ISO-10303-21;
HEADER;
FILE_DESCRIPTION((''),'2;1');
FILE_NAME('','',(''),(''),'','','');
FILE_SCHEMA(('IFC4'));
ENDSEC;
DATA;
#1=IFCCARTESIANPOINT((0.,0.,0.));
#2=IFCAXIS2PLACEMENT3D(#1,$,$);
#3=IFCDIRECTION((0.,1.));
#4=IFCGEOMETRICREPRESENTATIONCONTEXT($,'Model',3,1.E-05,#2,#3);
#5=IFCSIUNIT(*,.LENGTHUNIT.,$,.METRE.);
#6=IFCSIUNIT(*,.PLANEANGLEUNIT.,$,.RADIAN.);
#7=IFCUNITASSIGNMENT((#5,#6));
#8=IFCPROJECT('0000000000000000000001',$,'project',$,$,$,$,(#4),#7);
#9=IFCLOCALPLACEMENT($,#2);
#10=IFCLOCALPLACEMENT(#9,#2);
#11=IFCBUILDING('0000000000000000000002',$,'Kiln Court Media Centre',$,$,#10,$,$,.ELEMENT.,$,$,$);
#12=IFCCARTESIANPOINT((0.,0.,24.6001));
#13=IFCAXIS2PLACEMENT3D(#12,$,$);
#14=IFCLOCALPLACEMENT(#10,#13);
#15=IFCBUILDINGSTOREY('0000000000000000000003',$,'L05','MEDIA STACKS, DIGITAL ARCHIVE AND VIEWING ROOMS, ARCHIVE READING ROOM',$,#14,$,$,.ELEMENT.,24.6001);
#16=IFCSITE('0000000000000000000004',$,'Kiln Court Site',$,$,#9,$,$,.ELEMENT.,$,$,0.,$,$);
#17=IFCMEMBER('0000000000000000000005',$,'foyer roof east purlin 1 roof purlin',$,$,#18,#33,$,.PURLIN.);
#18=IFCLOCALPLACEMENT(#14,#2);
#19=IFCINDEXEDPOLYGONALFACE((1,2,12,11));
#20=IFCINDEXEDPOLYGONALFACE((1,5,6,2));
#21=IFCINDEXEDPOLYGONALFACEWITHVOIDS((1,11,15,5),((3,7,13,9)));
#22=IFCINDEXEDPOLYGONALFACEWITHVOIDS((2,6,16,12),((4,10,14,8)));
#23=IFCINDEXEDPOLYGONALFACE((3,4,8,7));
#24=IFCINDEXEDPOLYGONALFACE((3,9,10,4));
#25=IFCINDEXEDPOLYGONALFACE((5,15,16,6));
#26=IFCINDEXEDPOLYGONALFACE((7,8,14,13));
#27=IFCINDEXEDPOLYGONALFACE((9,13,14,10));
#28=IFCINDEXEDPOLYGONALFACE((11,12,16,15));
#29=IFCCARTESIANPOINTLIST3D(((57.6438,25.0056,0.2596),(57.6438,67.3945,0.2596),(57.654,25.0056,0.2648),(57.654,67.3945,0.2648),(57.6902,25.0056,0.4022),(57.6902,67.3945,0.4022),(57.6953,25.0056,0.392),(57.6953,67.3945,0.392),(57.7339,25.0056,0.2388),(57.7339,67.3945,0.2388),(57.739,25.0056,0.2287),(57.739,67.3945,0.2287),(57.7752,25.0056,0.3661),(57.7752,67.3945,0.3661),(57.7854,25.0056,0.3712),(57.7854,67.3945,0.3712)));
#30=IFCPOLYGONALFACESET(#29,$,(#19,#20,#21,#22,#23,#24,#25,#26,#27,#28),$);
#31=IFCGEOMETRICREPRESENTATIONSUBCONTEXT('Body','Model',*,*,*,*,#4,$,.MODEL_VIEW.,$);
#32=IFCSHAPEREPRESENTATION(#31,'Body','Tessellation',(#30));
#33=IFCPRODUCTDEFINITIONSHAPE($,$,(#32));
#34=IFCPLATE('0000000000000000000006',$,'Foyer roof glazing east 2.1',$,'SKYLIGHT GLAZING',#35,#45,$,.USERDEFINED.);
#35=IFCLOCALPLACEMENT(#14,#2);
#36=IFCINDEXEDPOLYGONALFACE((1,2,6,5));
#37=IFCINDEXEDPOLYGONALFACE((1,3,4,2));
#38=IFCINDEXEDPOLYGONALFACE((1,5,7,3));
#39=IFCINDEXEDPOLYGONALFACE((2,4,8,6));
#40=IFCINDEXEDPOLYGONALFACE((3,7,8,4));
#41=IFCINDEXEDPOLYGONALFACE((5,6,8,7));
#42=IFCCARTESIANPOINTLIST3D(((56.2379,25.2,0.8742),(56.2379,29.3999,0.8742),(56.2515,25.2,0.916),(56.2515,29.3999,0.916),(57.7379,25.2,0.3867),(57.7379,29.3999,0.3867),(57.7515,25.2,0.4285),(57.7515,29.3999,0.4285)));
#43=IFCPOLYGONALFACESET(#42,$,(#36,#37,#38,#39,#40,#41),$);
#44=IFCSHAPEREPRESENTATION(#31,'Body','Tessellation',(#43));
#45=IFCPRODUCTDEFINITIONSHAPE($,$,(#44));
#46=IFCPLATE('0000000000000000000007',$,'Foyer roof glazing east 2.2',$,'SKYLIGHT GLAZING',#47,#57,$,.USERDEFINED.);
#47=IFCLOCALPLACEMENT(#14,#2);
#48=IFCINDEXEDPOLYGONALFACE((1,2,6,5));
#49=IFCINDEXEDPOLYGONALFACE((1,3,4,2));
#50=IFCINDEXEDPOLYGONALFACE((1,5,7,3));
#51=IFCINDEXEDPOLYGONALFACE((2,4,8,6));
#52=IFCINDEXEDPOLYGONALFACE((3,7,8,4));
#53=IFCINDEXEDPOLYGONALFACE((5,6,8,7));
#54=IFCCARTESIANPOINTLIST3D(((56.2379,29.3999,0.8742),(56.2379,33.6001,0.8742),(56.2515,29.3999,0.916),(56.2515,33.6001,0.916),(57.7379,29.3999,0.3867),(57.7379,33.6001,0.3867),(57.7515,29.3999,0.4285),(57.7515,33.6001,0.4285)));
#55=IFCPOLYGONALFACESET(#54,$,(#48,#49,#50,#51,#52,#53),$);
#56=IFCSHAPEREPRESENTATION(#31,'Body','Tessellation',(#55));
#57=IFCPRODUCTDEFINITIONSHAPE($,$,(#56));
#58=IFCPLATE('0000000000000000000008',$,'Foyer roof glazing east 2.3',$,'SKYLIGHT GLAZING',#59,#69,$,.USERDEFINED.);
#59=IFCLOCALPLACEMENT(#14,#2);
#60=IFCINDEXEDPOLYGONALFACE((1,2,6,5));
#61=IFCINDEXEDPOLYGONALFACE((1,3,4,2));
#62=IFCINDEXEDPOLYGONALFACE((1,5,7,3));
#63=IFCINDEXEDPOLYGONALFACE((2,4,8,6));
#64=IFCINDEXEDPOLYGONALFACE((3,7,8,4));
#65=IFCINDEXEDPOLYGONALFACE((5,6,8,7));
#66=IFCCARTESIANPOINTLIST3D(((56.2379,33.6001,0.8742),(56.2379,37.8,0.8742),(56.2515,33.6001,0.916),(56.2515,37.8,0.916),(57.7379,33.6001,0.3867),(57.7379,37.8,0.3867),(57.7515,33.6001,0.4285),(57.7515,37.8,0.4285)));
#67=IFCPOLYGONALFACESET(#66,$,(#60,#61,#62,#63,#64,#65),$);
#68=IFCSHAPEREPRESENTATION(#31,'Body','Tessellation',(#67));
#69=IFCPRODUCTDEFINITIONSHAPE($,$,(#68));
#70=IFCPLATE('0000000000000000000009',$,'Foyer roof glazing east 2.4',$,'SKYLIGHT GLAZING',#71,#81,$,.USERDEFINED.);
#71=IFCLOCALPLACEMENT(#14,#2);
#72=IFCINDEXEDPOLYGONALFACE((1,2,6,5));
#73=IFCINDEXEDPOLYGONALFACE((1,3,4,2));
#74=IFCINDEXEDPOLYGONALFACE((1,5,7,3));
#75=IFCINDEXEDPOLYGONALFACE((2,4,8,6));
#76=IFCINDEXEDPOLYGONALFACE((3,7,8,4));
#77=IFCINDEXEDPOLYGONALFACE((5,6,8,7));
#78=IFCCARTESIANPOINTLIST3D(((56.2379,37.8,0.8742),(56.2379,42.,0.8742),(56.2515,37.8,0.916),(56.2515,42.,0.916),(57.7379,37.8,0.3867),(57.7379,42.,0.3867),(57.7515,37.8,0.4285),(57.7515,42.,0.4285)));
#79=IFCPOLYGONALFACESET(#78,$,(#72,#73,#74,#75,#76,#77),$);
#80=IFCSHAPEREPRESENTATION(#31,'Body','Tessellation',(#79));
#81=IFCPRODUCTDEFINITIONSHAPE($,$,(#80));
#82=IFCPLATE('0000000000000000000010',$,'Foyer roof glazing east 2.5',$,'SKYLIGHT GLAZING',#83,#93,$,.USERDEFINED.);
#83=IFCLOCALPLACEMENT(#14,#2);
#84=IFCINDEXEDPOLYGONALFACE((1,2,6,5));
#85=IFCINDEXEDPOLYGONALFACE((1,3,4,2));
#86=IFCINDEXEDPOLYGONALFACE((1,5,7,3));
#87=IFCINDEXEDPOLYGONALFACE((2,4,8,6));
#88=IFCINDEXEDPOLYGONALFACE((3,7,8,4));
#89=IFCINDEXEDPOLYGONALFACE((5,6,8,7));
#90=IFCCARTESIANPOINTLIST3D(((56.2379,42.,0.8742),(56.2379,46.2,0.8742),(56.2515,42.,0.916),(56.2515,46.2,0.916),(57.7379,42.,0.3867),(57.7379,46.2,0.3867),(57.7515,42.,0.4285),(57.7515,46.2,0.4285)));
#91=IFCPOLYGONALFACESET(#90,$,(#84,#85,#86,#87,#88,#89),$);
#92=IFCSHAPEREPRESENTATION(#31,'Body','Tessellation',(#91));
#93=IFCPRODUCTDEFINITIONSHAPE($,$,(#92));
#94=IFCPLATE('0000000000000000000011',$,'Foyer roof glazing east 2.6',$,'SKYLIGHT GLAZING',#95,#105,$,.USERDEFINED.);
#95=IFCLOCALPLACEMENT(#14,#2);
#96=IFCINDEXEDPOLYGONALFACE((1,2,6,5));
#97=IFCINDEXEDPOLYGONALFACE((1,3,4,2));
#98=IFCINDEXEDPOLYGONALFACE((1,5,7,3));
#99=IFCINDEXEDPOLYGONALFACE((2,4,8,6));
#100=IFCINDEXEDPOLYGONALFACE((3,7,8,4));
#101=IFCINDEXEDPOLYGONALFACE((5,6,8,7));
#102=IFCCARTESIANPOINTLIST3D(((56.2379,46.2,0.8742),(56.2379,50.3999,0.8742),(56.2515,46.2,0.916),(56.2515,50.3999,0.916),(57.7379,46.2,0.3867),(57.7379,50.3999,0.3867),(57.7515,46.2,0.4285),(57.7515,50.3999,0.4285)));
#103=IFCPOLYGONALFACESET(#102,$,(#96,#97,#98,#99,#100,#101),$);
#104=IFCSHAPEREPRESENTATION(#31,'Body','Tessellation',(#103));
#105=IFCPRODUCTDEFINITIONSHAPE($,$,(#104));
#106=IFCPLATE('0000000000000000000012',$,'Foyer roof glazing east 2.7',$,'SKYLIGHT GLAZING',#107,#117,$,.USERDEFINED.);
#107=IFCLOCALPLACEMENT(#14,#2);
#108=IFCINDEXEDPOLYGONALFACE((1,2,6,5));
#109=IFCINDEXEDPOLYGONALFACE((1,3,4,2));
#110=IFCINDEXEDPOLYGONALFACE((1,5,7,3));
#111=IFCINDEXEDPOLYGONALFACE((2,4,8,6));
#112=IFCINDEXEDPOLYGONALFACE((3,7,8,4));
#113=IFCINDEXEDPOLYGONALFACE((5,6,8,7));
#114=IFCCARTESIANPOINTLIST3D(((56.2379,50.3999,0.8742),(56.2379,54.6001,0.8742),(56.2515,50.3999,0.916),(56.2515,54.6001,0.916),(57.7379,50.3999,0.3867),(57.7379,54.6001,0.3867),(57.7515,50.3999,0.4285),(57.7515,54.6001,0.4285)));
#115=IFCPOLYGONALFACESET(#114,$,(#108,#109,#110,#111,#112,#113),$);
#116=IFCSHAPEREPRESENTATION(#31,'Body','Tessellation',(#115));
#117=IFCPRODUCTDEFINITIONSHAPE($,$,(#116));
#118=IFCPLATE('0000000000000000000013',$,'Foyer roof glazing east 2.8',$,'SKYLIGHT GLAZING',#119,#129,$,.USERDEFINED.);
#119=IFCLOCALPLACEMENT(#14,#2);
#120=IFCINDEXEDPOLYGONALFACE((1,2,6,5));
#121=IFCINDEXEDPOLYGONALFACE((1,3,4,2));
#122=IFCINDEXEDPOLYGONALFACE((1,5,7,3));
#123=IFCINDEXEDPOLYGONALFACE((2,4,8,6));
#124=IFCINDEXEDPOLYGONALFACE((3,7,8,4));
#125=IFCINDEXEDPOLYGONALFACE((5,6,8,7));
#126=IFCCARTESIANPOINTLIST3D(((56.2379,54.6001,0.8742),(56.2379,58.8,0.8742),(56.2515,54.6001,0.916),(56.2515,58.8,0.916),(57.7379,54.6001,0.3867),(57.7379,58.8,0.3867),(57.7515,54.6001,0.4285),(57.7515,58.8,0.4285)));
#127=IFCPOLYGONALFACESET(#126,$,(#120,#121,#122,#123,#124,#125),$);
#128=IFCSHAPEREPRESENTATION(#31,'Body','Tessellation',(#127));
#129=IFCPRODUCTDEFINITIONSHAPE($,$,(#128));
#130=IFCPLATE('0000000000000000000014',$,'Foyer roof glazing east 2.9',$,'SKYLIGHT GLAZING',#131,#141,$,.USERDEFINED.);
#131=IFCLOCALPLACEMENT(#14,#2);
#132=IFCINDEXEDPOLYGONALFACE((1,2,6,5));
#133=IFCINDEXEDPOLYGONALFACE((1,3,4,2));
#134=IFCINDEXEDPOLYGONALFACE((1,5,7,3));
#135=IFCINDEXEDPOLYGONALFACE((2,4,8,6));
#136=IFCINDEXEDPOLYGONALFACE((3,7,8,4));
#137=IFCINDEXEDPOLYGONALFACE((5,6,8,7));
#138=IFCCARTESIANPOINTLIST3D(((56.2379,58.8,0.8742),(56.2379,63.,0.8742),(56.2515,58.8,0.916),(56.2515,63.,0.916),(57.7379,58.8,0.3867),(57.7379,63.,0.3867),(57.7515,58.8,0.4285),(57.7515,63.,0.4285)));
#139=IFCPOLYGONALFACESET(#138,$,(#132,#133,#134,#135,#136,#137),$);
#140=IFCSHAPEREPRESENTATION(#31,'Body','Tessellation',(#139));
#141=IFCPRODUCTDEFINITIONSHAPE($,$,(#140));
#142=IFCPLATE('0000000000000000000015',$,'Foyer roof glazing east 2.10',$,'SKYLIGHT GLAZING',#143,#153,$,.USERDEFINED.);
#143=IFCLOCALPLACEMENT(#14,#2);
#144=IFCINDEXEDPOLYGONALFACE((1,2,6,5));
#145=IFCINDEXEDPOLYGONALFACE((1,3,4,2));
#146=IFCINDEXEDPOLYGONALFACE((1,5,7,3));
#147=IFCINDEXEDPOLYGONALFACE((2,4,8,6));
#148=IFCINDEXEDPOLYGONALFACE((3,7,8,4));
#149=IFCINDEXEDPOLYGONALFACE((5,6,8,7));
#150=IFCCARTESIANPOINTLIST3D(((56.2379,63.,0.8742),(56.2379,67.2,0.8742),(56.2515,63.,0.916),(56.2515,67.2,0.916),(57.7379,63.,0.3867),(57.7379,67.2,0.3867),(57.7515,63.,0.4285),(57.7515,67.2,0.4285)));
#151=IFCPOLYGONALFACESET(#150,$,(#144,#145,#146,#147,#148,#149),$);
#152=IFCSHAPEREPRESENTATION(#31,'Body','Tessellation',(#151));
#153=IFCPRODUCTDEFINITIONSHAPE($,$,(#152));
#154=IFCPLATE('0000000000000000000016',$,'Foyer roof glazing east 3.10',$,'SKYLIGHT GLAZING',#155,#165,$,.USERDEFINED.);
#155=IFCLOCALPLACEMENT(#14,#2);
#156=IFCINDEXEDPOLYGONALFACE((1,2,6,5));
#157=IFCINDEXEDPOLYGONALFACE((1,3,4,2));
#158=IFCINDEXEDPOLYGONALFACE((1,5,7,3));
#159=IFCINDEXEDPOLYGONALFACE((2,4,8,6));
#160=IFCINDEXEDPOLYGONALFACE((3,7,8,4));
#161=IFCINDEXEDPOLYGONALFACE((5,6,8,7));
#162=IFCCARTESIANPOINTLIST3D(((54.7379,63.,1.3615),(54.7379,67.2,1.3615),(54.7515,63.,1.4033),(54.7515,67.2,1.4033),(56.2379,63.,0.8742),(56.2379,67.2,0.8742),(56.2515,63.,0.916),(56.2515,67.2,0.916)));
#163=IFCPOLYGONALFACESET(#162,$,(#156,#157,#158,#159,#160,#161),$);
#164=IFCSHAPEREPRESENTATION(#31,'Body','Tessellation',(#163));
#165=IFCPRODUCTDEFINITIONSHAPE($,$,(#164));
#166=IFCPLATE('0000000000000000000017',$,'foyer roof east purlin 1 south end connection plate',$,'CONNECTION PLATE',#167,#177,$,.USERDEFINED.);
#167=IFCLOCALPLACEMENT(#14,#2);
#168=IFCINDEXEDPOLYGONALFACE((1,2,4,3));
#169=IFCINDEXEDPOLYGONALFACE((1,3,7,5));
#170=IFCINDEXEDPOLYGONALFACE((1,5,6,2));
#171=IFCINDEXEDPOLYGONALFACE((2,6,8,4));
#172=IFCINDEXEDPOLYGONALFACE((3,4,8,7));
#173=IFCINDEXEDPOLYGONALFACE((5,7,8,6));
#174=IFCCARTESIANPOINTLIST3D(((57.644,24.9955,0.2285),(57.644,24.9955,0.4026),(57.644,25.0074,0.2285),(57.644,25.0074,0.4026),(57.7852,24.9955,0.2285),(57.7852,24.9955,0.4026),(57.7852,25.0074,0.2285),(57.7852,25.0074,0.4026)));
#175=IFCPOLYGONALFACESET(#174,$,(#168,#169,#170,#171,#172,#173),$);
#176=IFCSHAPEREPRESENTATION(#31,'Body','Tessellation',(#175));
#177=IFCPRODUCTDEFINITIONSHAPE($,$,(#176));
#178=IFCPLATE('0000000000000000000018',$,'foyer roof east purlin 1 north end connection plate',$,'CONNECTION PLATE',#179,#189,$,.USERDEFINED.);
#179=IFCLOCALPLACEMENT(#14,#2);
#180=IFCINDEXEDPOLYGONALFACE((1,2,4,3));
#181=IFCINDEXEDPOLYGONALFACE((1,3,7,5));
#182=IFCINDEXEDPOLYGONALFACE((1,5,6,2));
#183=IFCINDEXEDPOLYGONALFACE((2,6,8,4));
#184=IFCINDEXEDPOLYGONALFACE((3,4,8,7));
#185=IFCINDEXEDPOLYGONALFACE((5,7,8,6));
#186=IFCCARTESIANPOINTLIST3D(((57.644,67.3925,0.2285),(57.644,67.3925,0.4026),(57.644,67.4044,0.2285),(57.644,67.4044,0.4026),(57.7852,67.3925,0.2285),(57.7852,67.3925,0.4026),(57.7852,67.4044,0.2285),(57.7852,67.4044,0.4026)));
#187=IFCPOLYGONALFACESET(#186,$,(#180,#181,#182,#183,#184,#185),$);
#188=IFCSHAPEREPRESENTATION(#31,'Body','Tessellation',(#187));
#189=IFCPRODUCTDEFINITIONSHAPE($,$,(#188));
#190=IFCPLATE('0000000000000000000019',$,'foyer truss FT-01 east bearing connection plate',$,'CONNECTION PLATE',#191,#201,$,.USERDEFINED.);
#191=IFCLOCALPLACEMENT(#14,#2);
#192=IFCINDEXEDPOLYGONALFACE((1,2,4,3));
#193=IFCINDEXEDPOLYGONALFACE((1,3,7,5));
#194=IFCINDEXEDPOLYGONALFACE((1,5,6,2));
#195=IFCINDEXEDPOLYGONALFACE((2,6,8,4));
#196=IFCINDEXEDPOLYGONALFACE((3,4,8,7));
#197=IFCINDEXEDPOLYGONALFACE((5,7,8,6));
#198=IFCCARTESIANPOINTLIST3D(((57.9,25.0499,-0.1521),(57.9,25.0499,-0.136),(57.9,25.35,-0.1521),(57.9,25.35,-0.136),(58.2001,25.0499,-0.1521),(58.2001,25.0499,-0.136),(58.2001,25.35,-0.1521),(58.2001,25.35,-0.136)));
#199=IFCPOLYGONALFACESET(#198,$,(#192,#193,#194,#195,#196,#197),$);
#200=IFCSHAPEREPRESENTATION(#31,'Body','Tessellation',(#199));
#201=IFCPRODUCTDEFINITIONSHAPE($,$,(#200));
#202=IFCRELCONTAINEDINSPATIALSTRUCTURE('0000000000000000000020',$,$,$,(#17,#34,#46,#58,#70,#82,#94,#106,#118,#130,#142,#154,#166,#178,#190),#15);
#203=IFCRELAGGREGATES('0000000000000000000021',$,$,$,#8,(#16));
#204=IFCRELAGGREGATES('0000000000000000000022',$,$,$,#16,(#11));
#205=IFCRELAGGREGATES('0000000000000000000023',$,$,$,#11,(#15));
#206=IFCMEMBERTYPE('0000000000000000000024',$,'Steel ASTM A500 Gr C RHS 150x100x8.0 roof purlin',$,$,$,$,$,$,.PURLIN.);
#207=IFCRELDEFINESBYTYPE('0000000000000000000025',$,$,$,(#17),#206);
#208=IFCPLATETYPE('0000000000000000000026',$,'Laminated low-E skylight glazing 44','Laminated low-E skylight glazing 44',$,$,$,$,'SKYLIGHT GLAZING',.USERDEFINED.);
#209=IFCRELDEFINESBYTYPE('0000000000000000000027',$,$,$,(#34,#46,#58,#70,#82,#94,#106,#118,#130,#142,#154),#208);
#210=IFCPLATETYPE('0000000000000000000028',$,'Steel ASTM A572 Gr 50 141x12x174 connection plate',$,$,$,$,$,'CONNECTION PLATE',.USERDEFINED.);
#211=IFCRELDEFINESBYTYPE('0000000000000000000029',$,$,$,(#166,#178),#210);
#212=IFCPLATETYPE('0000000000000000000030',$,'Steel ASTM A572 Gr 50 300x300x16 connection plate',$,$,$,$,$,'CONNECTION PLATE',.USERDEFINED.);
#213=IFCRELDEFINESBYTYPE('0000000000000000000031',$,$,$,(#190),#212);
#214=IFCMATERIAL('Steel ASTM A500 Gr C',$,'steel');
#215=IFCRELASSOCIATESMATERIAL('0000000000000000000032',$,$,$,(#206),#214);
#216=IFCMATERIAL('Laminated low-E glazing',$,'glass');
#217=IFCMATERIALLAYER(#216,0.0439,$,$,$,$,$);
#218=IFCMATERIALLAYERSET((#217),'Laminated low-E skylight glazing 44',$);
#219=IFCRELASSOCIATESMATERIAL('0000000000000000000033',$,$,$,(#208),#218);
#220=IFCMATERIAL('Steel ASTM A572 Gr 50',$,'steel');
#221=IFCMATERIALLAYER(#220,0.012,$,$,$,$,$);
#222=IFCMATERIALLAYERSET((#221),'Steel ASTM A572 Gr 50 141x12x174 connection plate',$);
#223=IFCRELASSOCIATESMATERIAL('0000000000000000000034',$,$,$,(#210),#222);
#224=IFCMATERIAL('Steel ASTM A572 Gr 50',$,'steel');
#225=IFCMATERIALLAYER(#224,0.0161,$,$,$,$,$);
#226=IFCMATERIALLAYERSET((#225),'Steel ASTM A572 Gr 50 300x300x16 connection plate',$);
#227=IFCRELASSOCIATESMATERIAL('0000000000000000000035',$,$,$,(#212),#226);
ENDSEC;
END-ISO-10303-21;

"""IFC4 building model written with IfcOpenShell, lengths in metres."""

from ifc_helpers import new_model, si_unit, direction, frame, origin, origin_2d, place, context, subcontext, project, spatial, polyline, rectangle, hollow_rectangle, outline, extrude, material, layer, layer_set, material_profile, profile_set, type_object, element, save


model = new_model("IFC4")

# Units and contexts
model_context = context("Model", 3, precision=1e-05, world=origin(), true_north=direction((0.0, 1.0)))
body_context = subcontext(model_context, "Body", "Model", "MODEL_VIEW")
ifc_project = project(units=[si_unit("LENGTHUNIT", "METRE"), si_unit("PLANEANGLEUNIT", "RADIAN")], contexts=[model_context])

# Site, building, storey
site_placement = place(None, origin())
site = spatial("IfcSite", under=ifc_project, at=site_placement, Name="Kiln Court Site", CompositionType="ELEMENT", RefElevation=0.0)
building_placement = place(site_placement, origin())
building = spatial("IfcBuilding", under=site, at=building_placement, Name="Kiln Court Media Centre", CompositionType="ELEMENT")
storey_placement = place(building_placement, frame((0.0, 0.0, 24.6001)))
storey = spatial("IfcBuildingStorey", under=building, at=storey_placement, Name="L05", Description="MEDIA STACKS, DIGITAL ARCHIVE AND VIEWING ROOMS, ARCHIVE READING ROOM", CompositionType="ELEMENT", Elevation=24.6001)

# Member
ifc_material_1 = material(Name="Steel ASTM A500 Gr C", Category="steel")
ifc_material_profile = material_profile(ifc_material_1, hollow_rectangle(XDim=0.1001, YDim=0.1499, WallThickness=0.0081, at=origin_2d()), Name="RHS 150x100x8.0")
ifc_profile_set = profile_set([ifc_material_profile], Name="Steel ASTM A500 Gr C")
member_type = type_object("IfcMemberType", Name="Steel ASTM A500 Gr C RHS 150x100x8.0 roof purlin", PredefinedType="PURLIN", material=ifc_profile_set)
member_placement = place(storey_placement, frame((57.7146, 25.0056, 0.3154), z_axis=(0.0, 1.0, 0.0), x_axis=(-0.951057, 0.0, 0.309017)))
element("IfcMember", 1, at=member_placement, inside=storey, type_object=member_type, Name="foyer roof east purlin 1 roof purlin", PredefinedType="PURLIN", context=body_context, shape_type="SweptSolid", body=[
    extrude(hollow_rectangle(XDim=0.1001, YDim=0.1499, WallThickness=0.0081, at=origin_2d()), origin(), (0.0, 0.0, 1.0), 42.3889),
])

# Plates
ifc_material_2 = material(Name="Laminated low-E glazing", Category="glass")
ifc_layer_1 = layer(ifc_material_2, 0.0439)
ifc_layer_set_1 = layer_set([ifc_layer_1], Name="Laminated low-E skylight glazing 44")
plate_type_1 = type_object("IfcPlateType", Name="Laminated low-E skylight glazing 44", Description="Laminated low-E skylight glazing 44", ElementType="SKYLIGHT GLAZING", PredefinedType="USERDEFINED", material=ifc_layer_set_1)
plate_1_placement = place(storey_placement, frame((57.7515, 29.3999, 0.4285), z_axis=(0.309114, 0.0, 0.951025), x_axis=(-0.951025, 0.0, 0.309114)))
element("IfcPlate", 2, at=plate_1_placement, inside=storey, type_object=plate_type_1, Name="Foyer roof glazing east 2.1", ObjectType="SKYLIGHT GLAZING", PredefinedType="USERDEFINED", context=body_context, shape_type="SweptSolid", body=[
    extrude(outline(polyline([(0.0, 0.0), (1.5772, 0.0), (1.5772, 4.2), (0.0, 4.2), (0.0, 0.0)])), origin(), (0.0, 0.0, -1.0), 0.0439),
])
plate_2_placement = place(storey_placement, frame((57.7515, 33.6001, 0.4285), z_axis=(0.309114, 0.0, 0.951025), x_axis=(-0.951025, 0.0, 0.309114)))
element("IfcPlate", 3, at=plate_2_placement, inside=storey, type_object=plate_type_1, Name="Foyer roof glazing east 2.2", ObjectType="SKYLIGHT GLAZING", PredefinedType="USERDEFINED", context=body_context, shape_type="SweptSolid", body=[
    extrude(outline(polyline([(0.0, 0.0), (1.5772, 0.0), (1.5772, 4.2002), (0.0, 4.2002), (0.0, 0.0)])), origin(), (0.0, 0.0, -1.0), 0.0439),
])
for number, where, z_axis, x_axis, name in (
    (4, (57.7515, 37.8, 0.4285), (0.309114, 0.0, 0.951025), (-0.951025, 0.0, 0.309114), "Foyer roof glazing east 2.3"),
    (5, (57.7515, 42.0, 0.4285), (0.309114, 0.0, 0.951025), (-0.951025, 0.0, 0.309114), "Foyer roof glazing east 2.4"),
    (6, (57.7515, 46.2, 0.4285), (0.309114, 0.0, 0.951025), (-0.951025, 0.0, 0.309114), "Foyer roof glazing east 2.5"),
    (7, (57.7515, 50.3999, 0.4285), (0.309114, 0.0, 0.951025), (-0.951025, 0.0, 0.309114), "Foyer roof glazing east 2.6"),
):
    element("IfcPlate", number, at=place(storey_placement, frame(where, z_axis=z_axis, x_axis=x_axis)), inside=storey, type_object=plate_type_1, Name=name, ObjectType="SKYLIGHT GLAZING", PredefinedType="USERDEFINED", context=body_context, shape_type="SweptSolid", body=[
        extrude(outline(polyline([(0.0, 0.0), (1.5772, 0.0), (1.5772, 4.2), (0.0, 4.2), (0.0, 0.0)])), origin(), (0.0, 0.0, -1.0), 0.0439),
    ])
plate_3_placement = place(storey_placement, frame((57.7515, 54.6001, 0.4285), z_axis=(0.309114, 0.0, 0.951025), x_axis=(-0.951025, 0.0, 0.309114)))
element("IfcPlate", 8, at=plate_3_placement, inside=storey, type_object=plate_type_1, Name="Foyer roof glazing east 2.7", ObjectType="SKYLIGHT GLAZING", PredefinedType="USERDEFINED", context=body_context, shape_type="SweptSolid", body=[
    extrude(outline(polyline([(0.0, 0.0), (1.5772, 0.0), (1.5772, 4.2002), (0.0, 4.2002), (0.0, 0.0)])), origin(), (0.0, 0.0, -1.0), 0.0439),
])
for number, where, z_axis, x_axis, name in (
    (9, (57.7515, 58.8, 0.4285), (0.309114, 0.0, 0.951025), (-0.951025, 0.0, 0.309114), "Foyer roof glazing east 2.8"),
    (10, (57.7515, 63.0, 0.4285), (0.309114, 0.0, 0.951025), (-0.951025, 0.0, 0.309114), "Foyer roof glazing east 2.9"),
    (11, (57.7515, 67.2, 0.4285), (0.309114, 0.0, 0.951025), (-0.951025, 0.0, 0.309114), "Foyer roof glazing east 2.10"),
):
    element("IfcPlate", number, at=place(storey_placement, frame(where, z_axis=z_axis, x_axis=x_axis)), inside=storey, type_object=plate_type_1, Name=name, ObjectType="SKYLIGHT GLAZING", PredefinedType="USERDEFINED", context=body_context, shape_type="SweptSolid", body=[
        extrude(outline(polyline([(0.0, 0.0), (1.5772, 0.0), (1.5772, 4.2), (0.0, 4.2), (0.0, 0.0)])), origin(), (0.0, 0.0, -1.0), 0.0439),
    ])
plate_4_placement = place(storey_placement, frame((56.2515, 67.2, 0.916), z_axis=(0.308974, 0.0, 0.95107), x_axis=(-0.95107, 0.0, 0.308974)))
element("IfcPlate", 12, at=plate_4_placement, inside=storey, type_object=plate_type_1, Name="Foyer roof glazing east 3.10", ObjectType="SKYLIGHT GLAZING", PredefinedType="USERDEFINED", context=body_context, shape_type="SweptSolid", body=[
    extrude(outline(polyline([(0.0, 0.0), (1.5772, 0.0), (1.5772, 4.2), (0.0, 4.2), (0.0, 0.0)])), origin(), (0.0, 0.0, -1.0), 0.0439),
])
ifc_material_3 = material(Name="Steel ASTM A572 Gr 50", Category="steel")
ifc_layer_2 = layer(ifc_material_3, 0.012)
ifc_layer_set_2 = layer_set([ifc_layer_2], Name="Steel ASTM A572 Gr 50 141x12x174 connection plate")
plate_type_2 = type_object("IfcPlateType", Name="Steel ASTM A572 Gr 50 141x12x174 connection plate", ElementType="CONNECTION PLATE", PredefinedType="USERDEFINED", material=ifc_layer_set_2)
for number, where, z_axis, x_axis, name in (
    (13, (57.7146, 25.0015, 0.2285), (0.0, 0.0, 1.0), (1.0, 0.0, 0.0), "foyer roof east purlin 1 south end connection plate"),
    (14, (57.7146, 67.3984, 0.2285), (0.0, 0.0, 1.0), (1.0, 0.0, 0.0), "foyer roof east purlin 1 north end connection plate"),
):
    element("IfcPlate", number, at=place(storey_placement, frame(where, z_axis=z_axis, x_axis=x_axis)), inside=storey, type_object=plate_type_2, Name=name, ObjectType="CONNECTION PLATE", PredefinedType="USERDEFINED", context=body_context, shape_type="SweptSolid", body=[
        extrude(rectangle(XDim=0.1411, YDim=0.012, at=origin_2d()), origin(), (0.0, 0.0, 1.0), 0.1741),
    ])
ifc_material_4 = material(Name="Steel ASTM A572 Gr 50", Category="steel")
ifc_layer_3 = layer(ifc_material_4, 0.0161)
ifc_layer_set_3 = layer_set([ifc_layer_3], Name="Steel ASTM A572 Gr 50 300x300x16 connection plate")
plate_type_3 = type_object("IfcPlateType", Name="Steel ASTM A572 Gr 50 300x300x16 connection plate", ElementType="CONNECTION PLATE", PredefinedType="USERDEFINED", material=ifc_layer_set_3)
for number, where, z_axis, x_axis, name in (
    (15, (58.05, 25.2, -0.1521), (0.0, 0.0, 1.0), (1.0, 0.0, 0.0), "foyer truss FT-01 east bearing connection plate"),
):
    element("IfcPlate", number, at=place(storey_placement, frame(where, z_axis=z_axis, x_axis=x_axis)), inside=storey, type_object=plate_type_3, Name=name, ObjectType="CONNECTION PLATE", PredefinedType="USERDEFINED", context=body_context, shape_type="SweptSolid", body=[
        extrude(rectangle(XDim=0.3, YDim=0.3, at=origin_2d()), origin(), (0.0, 0.0, 1.0), 0.0161),
    ])

save(model, "model.ifc")
